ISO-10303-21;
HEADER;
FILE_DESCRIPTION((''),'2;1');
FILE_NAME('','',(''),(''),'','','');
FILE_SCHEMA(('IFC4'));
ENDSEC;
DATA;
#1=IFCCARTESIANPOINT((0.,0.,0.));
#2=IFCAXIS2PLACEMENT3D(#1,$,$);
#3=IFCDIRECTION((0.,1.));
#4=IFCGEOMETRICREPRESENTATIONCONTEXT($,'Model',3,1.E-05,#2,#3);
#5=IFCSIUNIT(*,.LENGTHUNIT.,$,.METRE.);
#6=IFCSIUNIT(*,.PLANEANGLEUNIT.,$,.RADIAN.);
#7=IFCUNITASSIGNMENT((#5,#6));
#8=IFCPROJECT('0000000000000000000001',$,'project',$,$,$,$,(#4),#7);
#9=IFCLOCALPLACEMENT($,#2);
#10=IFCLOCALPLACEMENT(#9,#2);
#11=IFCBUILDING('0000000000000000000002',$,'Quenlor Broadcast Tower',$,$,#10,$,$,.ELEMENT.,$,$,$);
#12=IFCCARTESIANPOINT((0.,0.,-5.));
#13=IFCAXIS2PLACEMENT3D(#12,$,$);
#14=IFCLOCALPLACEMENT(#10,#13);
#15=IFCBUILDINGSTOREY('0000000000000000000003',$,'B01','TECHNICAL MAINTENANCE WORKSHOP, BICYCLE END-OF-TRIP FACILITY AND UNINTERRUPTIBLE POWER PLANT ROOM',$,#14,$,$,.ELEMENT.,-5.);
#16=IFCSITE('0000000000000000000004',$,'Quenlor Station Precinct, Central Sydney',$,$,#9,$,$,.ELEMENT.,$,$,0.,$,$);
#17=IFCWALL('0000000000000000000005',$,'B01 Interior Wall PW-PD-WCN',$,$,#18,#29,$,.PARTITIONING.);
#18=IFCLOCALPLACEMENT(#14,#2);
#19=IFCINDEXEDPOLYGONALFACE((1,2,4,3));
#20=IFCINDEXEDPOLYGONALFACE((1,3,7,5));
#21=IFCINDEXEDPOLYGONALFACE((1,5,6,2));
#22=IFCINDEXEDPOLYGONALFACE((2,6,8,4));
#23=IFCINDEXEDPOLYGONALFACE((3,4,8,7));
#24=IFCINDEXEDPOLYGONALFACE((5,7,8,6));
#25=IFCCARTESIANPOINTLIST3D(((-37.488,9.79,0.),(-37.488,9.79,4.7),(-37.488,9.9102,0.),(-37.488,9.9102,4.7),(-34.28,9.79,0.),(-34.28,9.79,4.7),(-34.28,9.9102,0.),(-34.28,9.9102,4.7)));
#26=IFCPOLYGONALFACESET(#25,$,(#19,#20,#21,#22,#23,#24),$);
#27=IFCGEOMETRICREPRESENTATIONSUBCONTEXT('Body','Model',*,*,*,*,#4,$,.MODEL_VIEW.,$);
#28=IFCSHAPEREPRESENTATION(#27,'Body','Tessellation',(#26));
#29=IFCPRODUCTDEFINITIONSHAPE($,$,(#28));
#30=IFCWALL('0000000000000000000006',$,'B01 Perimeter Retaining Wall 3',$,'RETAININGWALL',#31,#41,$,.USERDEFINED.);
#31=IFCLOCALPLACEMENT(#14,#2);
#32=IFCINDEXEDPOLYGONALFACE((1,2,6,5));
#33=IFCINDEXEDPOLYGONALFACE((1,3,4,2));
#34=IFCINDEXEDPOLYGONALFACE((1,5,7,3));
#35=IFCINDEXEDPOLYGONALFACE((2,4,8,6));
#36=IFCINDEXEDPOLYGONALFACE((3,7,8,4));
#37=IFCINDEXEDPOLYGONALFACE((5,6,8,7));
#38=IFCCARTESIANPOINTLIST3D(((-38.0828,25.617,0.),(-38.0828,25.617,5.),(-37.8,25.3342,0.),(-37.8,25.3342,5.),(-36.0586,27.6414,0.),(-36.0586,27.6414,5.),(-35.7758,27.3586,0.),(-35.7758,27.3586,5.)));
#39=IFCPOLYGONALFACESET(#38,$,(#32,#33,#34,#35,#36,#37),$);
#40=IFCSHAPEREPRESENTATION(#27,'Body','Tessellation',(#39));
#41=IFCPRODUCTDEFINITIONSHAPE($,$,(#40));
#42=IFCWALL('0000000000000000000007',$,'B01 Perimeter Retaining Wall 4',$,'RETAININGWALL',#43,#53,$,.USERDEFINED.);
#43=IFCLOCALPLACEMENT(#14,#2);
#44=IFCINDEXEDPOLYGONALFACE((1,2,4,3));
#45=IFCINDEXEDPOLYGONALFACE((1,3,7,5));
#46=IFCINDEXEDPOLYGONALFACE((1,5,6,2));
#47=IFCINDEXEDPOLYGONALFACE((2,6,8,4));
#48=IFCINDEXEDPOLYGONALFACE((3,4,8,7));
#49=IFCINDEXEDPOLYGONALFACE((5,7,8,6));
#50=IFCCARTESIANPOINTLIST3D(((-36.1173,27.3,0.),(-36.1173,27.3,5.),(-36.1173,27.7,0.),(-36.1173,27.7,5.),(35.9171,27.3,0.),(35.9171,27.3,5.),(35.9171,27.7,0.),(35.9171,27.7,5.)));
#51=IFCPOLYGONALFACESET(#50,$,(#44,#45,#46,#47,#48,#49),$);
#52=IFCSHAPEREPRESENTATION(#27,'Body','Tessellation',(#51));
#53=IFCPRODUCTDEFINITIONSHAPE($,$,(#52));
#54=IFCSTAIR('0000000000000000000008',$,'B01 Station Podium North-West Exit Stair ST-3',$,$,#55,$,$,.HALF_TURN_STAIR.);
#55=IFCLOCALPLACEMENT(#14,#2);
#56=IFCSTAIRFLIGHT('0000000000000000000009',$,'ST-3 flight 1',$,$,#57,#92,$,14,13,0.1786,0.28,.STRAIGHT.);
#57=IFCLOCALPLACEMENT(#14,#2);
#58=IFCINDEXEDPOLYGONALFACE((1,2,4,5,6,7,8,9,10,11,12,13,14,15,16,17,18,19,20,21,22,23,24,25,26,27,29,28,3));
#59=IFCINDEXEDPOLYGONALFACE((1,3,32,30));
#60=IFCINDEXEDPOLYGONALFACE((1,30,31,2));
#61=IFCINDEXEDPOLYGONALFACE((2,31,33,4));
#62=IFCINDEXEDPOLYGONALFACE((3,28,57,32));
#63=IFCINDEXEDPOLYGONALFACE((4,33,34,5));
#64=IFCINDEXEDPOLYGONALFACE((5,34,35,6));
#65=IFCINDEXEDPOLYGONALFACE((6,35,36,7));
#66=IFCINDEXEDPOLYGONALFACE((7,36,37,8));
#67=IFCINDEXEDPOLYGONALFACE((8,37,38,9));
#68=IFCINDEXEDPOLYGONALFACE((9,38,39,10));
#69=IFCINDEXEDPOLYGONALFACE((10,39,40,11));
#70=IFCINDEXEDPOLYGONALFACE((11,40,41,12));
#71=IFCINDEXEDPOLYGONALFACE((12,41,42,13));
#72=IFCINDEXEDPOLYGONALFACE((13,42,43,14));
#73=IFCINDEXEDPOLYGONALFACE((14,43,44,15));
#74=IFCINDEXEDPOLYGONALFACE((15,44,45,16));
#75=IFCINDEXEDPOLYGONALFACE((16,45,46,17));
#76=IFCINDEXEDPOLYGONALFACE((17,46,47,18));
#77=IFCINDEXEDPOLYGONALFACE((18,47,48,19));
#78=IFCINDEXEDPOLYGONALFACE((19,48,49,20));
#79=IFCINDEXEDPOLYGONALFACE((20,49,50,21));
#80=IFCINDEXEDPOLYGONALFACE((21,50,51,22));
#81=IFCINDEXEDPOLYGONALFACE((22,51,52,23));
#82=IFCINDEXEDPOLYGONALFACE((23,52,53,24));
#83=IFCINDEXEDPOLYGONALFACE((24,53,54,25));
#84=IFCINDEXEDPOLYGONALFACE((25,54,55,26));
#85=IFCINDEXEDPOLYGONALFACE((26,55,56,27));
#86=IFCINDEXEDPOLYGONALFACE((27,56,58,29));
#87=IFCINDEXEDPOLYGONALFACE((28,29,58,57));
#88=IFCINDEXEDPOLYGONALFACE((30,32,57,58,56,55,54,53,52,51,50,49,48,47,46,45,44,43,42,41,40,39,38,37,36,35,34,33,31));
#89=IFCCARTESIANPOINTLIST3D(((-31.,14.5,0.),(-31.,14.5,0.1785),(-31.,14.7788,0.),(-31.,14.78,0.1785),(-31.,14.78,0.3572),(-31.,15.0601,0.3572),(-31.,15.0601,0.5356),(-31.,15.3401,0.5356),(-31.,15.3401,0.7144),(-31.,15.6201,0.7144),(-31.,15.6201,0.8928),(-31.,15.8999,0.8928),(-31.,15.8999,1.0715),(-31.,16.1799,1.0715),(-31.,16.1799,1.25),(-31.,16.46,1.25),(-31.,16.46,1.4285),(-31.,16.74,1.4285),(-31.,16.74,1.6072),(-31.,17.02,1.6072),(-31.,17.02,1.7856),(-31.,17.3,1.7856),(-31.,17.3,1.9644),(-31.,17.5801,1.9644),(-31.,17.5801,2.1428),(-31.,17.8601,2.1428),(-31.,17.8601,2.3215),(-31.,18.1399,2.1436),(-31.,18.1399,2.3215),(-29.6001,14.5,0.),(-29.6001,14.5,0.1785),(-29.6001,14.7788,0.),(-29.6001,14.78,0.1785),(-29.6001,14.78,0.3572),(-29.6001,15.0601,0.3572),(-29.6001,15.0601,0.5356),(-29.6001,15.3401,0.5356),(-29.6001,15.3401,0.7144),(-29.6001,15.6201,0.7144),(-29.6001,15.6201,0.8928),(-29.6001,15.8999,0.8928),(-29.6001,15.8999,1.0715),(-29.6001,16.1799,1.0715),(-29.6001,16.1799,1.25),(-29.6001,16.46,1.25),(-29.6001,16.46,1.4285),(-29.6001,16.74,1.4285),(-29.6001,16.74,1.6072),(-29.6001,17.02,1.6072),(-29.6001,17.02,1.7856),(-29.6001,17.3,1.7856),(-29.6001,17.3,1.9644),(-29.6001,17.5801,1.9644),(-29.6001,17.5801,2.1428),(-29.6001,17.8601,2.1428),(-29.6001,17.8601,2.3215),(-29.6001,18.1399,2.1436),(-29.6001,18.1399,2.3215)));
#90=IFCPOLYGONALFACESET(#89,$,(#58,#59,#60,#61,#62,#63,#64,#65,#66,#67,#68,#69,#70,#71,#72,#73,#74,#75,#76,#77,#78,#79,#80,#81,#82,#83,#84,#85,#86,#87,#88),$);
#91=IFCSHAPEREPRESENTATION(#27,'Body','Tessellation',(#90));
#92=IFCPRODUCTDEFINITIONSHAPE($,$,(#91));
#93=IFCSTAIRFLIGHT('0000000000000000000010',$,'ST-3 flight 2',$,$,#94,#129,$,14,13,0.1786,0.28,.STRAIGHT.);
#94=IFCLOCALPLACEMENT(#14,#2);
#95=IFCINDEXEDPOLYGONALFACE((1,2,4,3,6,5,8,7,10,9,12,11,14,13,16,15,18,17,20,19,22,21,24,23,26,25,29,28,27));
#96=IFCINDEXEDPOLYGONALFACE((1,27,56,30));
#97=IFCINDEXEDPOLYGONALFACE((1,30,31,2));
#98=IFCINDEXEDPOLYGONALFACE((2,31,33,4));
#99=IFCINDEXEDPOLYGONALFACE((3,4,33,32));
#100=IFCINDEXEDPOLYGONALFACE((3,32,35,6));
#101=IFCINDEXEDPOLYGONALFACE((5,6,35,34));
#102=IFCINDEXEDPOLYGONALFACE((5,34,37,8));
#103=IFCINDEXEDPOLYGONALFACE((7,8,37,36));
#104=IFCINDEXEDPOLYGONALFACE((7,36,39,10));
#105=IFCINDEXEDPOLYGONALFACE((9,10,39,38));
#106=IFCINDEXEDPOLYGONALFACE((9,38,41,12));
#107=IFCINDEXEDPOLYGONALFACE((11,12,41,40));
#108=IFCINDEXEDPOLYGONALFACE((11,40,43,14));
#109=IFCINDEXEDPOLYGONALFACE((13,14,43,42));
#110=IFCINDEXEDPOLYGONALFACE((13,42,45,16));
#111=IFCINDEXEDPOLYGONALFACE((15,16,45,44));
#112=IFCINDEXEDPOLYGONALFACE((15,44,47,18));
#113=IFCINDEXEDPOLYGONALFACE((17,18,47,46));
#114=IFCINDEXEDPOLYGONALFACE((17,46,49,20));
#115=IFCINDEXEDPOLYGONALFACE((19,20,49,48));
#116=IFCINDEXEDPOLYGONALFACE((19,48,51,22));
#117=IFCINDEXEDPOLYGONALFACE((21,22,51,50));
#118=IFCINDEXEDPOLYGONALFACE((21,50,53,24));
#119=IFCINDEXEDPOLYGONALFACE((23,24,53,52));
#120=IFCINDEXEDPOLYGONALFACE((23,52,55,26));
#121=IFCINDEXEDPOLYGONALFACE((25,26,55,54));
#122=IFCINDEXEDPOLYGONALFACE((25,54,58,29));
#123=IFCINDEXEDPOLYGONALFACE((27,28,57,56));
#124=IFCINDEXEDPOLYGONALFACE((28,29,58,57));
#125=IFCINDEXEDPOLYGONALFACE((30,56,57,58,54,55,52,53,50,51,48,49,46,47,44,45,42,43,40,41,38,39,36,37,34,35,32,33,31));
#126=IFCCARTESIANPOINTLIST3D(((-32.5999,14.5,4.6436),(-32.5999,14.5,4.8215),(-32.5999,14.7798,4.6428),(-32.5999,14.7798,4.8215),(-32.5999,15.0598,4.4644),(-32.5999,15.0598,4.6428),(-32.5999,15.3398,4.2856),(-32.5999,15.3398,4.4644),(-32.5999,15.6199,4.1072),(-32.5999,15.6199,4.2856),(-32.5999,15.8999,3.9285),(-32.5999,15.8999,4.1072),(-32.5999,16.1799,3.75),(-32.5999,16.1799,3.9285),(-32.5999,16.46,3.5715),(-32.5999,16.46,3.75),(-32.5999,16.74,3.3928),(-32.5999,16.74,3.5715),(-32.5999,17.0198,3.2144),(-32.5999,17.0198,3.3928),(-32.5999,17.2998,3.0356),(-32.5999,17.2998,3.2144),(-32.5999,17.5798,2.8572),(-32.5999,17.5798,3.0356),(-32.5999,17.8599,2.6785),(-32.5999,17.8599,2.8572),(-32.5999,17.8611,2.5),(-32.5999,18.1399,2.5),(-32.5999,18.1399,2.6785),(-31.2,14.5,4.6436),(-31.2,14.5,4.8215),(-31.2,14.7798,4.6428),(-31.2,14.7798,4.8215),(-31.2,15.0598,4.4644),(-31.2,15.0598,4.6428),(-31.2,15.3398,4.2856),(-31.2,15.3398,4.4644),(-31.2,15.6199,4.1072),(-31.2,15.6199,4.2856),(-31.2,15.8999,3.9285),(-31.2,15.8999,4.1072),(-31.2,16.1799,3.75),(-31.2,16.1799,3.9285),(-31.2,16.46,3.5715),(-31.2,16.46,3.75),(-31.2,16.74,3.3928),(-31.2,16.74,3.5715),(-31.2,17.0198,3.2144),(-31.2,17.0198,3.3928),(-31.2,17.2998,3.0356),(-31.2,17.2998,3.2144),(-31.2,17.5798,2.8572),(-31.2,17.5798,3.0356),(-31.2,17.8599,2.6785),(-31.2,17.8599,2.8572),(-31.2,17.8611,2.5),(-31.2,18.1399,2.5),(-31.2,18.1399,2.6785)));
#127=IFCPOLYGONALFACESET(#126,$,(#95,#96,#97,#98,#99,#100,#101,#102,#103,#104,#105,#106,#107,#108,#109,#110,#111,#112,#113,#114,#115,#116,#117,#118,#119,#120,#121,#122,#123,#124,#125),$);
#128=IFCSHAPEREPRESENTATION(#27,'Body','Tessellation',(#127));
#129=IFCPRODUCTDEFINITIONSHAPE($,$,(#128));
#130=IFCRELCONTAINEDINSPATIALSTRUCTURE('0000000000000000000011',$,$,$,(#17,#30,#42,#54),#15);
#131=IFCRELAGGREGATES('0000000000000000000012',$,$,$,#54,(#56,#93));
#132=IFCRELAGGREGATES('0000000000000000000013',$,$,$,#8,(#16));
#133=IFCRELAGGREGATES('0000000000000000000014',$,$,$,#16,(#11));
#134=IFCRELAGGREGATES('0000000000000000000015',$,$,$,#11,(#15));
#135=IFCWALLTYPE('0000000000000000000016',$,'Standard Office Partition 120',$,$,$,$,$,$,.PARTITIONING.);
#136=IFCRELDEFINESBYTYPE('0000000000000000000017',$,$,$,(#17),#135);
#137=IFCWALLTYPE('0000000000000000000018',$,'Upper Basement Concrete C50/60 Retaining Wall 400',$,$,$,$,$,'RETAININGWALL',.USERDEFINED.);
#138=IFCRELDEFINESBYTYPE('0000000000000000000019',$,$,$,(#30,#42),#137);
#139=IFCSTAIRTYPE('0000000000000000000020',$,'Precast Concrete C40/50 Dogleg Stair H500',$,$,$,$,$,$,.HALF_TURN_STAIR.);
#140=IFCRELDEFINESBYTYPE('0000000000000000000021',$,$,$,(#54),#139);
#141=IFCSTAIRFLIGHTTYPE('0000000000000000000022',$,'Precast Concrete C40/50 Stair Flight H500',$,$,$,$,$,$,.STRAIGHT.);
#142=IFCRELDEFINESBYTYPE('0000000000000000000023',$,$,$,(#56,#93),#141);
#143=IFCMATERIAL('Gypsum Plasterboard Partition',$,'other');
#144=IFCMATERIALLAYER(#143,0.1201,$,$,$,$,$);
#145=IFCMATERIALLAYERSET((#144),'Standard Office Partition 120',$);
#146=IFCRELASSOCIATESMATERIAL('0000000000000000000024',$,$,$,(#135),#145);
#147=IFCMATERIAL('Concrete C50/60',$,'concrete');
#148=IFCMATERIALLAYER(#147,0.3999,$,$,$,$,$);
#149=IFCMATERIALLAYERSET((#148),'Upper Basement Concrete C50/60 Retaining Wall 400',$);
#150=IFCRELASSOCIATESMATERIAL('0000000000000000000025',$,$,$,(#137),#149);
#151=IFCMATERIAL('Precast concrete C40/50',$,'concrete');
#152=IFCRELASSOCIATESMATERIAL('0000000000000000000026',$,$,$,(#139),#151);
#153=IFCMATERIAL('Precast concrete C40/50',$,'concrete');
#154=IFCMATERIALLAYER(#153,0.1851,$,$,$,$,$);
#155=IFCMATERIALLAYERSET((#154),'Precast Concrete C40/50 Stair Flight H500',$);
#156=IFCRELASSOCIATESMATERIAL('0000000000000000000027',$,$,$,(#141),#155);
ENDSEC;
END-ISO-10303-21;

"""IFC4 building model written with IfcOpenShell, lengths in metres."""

from ifc_helpers import new_model, si_unit, direction, frame, frame_2d, origin, place, context, subcontext, project, spatial, polyline, rectangle, outline, extrude, material, layer, layer_set, type_object, element, aggregate, save


model = new_model("IFC4")

# Units and contexts
model_context = context("Model", 3, precision=1e-05, world=origin(), true_north=direction((0.0, 1.0)))
body_context = subcontext(model_context, "Body", "Model", "MODEL_VIEW")
ifc_project = project(units=[si_unit("LENGTHUNIT", "METRE"), si_unit("PLANEANGLEUNIT", "RADIAN")], contexts=[model_context])

# Site, building, storey
site_placement = place(None, origin())
site = spatial("IfcSite", under=ifc_project, at=site_placement, Name="Quenlor Station Precinct, Central Sydney", CompositionType="ELEMENT", RefElevation=0.0)
building_placement = place(site_placement, origin())
building = spatial("IfcBuilding", under=site, at=building_placement, Name="Quenlor Broadcast Tower", CompositionType="ELEMENT")
storey_placement = place(building_placement, frame((0.0, 0.0, -5.0)))
storey = spatial("IfcBuildingStorey", under=building, at=storey_placement, Name="B01", Description="TECHNICAL MAINTENANCE WORKSHOP, BICYCLE END-OF-TRIP FACILITY AND UNINTERRUPTIBLE POWER PLANT ROOM", CompositionType="ELEMENT", Elevation=-5.0)

# Shared definitions
ifc_material_1 = material(Name="Gypsum Plasterboard Partition", Category="other")
ifc_layer_1 = layer(ifc_material_1, 0.1201)
ifc_layer_set_1 = layer_set([ifc_layer_1], Name="Standard Office Partition 120")
wall_type_1 = type_object("IfcWallType", Name="Standard Office Partition 120", PredefinedType="PARTITIONING", material=ifc_layer_set_1)

# Walls
for number, where, z_axis, x_axis, name in (
    (1, (-37.488, 9.8501, 0.0), (0.0, 0.0, 1.0), (1.0, 0.0, 0.0), "B01 Interior Wall PW-PD-WCN"),
):
    element("IfcWall", number, at=place(storey_placement, frame(where, z_axis=z_axis, x_axis=x_axis)), inside=storey, type_object=wall_type_1, Name=name, PredefinedType="PARTITIONING", context=body_context, shape_type="SweptSolid", body=[
        extrude(rectangle(XDim=3.208, YDim=0.1201, at=frame_2d((1.604, 0.0))), origin(), (0.0, 0.0, 1.0), 4.7),
    ])
ifc_material_2 = material(Name="Concrete C50/60", Category="concrete")
ifc_layer_2 = layer(ifc_material_2, 0.3999)
ifc_layer_set_2 = layer_set([ifc_layer_2], Name="Upper Basement Concrete C50/60 Retaining Wall 400")
wall_type_2 = type_object("IfcWallType", Name="Upper Basement Concrete C50/60 Retaining Wall 400", ElementType="RETAININGWALL", PredefinedType="USERDEFINED", material=ifc_layer_set_2)
wall_1_placement = place(storey_placement, frame((-37.9414, 25.4756, 0.0), z_axis=(0.0, 0.0, 1.0), x_axis=(0.707064, 0.707149, 0.0)))
element("IfcWall", 2, at=wall_1_placement, inside=storey, type_object=wall_type_2, Name="B01 Perimeter Retaining Wall 3", ObjectType="RETAININGWALL", PredefinedType="USERDEFINED", context=body_context, shape_type="SweptSolid", body=[
    extrude(rectangle(XDim=2.8628, YDim=0.3999, at=frame_2d((1.4314, 0.0))), origin(), (0.0, 0.0, 1.0), 5.0),
])
wall_2_placement = place(storey_placement, frame((-36.1172, 27.5, 0.0), z_axis=(0.0, 0.0, 1.0), x_axis=(1.0, 0.0, 0.0)))
element("IfcWall", 3, at=wall_2_placement, inside=storey, type_object=wall_type_2, Name="B01 Perimeter Retaining Wall 4", ObjectType="RETAININGWALL", PredefinedType="USERDEFINED", context=body_context, shape_type="SweptSolid", body=[
    extrude(rectangle(XDim=72.0344, YDim=0.3999, at=frame_2d((36.0171, 0.0))), origin(), (0.0, 0.0, 1.0), 5.0),
])

# Stair, stair flights
ifc_material_3 = material(Name="Precast concrete C40/50", Category="concrete")
stair_type = type_object("IfcStairType", Name="Precast Concrete C40/50 Dogleg Stair H500", PredefinedType="HALF_TURN_STAIR", material=ifc_material_3)
stair_placement = place(storey_placement, origin())
stair = element("IfcStair", 4, at=stair_placement, inside=storey, type_object=stair_type, Name="B01 Station Podium North-West Exit Stair ST-3", PredefinedType="HALF_TURN_STAIR")
ifc_material_4 = material(Name="Precast concrete C40/50", Category="concrete")
ifc_layer_3 = layer(ifc_material_4, 0.1851)
ifc_layer_set_3 = layer_set([ifc_layer_3], Name="Precast Concrete C40/50 Stair Flight H500")
stair_flight_type = type_object("IfcStairFlightType", Name="Precast Concrete C40/50 Stair Flight H500", PredefinedType="STRAIGHT", material=ifc_layer_set_3)
stair_flight_1_placement = place(storey_placement, frame((-30.3, 14.5, 0.0), z_axis=(0.0, 0.0, 1.0), x_axis=(0.0, 1.0, 0.0)))
stair_flight_1 = element("IfcStairFlight", 5, at=stair_flight_1_placement, type_object=stair_flight_type, Name="ST-3 flight 1", NumberOfRisers=14, NumberOfTreads=13, PredefinedType="STRAIGHT", RiserHeight=0.1786, TreadLength=0.28, context=body_context, shape_type="SweptSolid", body=[
    extrude(outline(polyline([(0.0, 0.0), (0.0, 0.1785), (0.28, 0.1785), (0.28, 0.3572), (0.5601, 0.3572), (0.5601, 0.5356), (0.8401, 0.5356), (0.8401, 0.7144), (1.1201, 0.7144), (1.1201, 0.8928), (1.3999, 0.8928), (1.3999, 1.0715), (1.6799, 1.0715), (1.6799, 1.25), (1.96, 1.25), (1.96, 1.4285), (2.24, 1.4285), (2.24, 1.6072), (2.52, 1.6072), (2.52, 1.7856), (2.8, 1.7856), (2.8, 1.9644), (3.0801, 1.9644), (3.0801, 2.1428), (3.3601, 2.1428), (3.3601, 2.3215), (3.6399, 2.3215), (3.6399, 2.5), (3.6399, 2.1436), (0.2788, 0.0), (0.0, 0.0)])), frame((0.0, 0.7, 0.0), z_axis=(0.0, -1.0, 0.0), x_axis=(1.0, 0.0, 0.0)), (0.0, 0.0, 1.0), 1.3999),
])
stair_flight_2_placement = place(storey_placement, frame((-31.8999, 18.1399, 2.5), z_axis=(0.0, 0.0, 1.0), x_axis=(0.0, -1.0, 0.0)))
stair_flight_2 = element("IfcStairFlight", 6, at=stair_flight_2_placement, type_object=stair_flight_type, Name="ST-3 flight 2", NumberOfRisers=14, NumberOfTreads=13, PredefinedType="STRAIGHT", RiserHeight=0.1786, TreadLength=0.28, context=body_context, shape_type="SweptSolid", body=[
    extrude(outline(polyline([(0.0, 0.0), (0.0, 0.1785), (0.28, 0.1785), (0.28, 0.3572), (0.5601, 0.3572), (0.5601, 0.5356), (0.8401, 0.5356), (0.8401, 0.7144), (1.1201, 0.7144), (1.1201, 0.8928), (1.3999, 0.8928), (1.3999, 1.0715), (1.6799, 1.0715), (1.6799, 1.25), (1.96, 1.25), (1.96, 1.4285), (2.24, 1.4285), (2.24, 1.6072), (2.52, 1.6072), (2.52, 1.7856), (2.8, 1.7856), (2.8, 1.9644), (3.0801, 1.9644), (3.0801, 2.1428), (3.3601, 2.1428), (3.3601, 2.3215), (3.6399, 2.3215), (3.6399, 2.5), (3.6399, 2.1436), (0.2788, 0.0), (0.0, 0.0)])), frame((0.0, 0.7, 0.0), z_axis=(0.0, -1.0, 0.0), x_axis=(1.0, 0.0, 0.0)), (0.0, 0.0, 1.0), 1.3999),
])
aggregate(stair, [stair_flight_1, stair_flight_2])

save(model, "model.ifc")
